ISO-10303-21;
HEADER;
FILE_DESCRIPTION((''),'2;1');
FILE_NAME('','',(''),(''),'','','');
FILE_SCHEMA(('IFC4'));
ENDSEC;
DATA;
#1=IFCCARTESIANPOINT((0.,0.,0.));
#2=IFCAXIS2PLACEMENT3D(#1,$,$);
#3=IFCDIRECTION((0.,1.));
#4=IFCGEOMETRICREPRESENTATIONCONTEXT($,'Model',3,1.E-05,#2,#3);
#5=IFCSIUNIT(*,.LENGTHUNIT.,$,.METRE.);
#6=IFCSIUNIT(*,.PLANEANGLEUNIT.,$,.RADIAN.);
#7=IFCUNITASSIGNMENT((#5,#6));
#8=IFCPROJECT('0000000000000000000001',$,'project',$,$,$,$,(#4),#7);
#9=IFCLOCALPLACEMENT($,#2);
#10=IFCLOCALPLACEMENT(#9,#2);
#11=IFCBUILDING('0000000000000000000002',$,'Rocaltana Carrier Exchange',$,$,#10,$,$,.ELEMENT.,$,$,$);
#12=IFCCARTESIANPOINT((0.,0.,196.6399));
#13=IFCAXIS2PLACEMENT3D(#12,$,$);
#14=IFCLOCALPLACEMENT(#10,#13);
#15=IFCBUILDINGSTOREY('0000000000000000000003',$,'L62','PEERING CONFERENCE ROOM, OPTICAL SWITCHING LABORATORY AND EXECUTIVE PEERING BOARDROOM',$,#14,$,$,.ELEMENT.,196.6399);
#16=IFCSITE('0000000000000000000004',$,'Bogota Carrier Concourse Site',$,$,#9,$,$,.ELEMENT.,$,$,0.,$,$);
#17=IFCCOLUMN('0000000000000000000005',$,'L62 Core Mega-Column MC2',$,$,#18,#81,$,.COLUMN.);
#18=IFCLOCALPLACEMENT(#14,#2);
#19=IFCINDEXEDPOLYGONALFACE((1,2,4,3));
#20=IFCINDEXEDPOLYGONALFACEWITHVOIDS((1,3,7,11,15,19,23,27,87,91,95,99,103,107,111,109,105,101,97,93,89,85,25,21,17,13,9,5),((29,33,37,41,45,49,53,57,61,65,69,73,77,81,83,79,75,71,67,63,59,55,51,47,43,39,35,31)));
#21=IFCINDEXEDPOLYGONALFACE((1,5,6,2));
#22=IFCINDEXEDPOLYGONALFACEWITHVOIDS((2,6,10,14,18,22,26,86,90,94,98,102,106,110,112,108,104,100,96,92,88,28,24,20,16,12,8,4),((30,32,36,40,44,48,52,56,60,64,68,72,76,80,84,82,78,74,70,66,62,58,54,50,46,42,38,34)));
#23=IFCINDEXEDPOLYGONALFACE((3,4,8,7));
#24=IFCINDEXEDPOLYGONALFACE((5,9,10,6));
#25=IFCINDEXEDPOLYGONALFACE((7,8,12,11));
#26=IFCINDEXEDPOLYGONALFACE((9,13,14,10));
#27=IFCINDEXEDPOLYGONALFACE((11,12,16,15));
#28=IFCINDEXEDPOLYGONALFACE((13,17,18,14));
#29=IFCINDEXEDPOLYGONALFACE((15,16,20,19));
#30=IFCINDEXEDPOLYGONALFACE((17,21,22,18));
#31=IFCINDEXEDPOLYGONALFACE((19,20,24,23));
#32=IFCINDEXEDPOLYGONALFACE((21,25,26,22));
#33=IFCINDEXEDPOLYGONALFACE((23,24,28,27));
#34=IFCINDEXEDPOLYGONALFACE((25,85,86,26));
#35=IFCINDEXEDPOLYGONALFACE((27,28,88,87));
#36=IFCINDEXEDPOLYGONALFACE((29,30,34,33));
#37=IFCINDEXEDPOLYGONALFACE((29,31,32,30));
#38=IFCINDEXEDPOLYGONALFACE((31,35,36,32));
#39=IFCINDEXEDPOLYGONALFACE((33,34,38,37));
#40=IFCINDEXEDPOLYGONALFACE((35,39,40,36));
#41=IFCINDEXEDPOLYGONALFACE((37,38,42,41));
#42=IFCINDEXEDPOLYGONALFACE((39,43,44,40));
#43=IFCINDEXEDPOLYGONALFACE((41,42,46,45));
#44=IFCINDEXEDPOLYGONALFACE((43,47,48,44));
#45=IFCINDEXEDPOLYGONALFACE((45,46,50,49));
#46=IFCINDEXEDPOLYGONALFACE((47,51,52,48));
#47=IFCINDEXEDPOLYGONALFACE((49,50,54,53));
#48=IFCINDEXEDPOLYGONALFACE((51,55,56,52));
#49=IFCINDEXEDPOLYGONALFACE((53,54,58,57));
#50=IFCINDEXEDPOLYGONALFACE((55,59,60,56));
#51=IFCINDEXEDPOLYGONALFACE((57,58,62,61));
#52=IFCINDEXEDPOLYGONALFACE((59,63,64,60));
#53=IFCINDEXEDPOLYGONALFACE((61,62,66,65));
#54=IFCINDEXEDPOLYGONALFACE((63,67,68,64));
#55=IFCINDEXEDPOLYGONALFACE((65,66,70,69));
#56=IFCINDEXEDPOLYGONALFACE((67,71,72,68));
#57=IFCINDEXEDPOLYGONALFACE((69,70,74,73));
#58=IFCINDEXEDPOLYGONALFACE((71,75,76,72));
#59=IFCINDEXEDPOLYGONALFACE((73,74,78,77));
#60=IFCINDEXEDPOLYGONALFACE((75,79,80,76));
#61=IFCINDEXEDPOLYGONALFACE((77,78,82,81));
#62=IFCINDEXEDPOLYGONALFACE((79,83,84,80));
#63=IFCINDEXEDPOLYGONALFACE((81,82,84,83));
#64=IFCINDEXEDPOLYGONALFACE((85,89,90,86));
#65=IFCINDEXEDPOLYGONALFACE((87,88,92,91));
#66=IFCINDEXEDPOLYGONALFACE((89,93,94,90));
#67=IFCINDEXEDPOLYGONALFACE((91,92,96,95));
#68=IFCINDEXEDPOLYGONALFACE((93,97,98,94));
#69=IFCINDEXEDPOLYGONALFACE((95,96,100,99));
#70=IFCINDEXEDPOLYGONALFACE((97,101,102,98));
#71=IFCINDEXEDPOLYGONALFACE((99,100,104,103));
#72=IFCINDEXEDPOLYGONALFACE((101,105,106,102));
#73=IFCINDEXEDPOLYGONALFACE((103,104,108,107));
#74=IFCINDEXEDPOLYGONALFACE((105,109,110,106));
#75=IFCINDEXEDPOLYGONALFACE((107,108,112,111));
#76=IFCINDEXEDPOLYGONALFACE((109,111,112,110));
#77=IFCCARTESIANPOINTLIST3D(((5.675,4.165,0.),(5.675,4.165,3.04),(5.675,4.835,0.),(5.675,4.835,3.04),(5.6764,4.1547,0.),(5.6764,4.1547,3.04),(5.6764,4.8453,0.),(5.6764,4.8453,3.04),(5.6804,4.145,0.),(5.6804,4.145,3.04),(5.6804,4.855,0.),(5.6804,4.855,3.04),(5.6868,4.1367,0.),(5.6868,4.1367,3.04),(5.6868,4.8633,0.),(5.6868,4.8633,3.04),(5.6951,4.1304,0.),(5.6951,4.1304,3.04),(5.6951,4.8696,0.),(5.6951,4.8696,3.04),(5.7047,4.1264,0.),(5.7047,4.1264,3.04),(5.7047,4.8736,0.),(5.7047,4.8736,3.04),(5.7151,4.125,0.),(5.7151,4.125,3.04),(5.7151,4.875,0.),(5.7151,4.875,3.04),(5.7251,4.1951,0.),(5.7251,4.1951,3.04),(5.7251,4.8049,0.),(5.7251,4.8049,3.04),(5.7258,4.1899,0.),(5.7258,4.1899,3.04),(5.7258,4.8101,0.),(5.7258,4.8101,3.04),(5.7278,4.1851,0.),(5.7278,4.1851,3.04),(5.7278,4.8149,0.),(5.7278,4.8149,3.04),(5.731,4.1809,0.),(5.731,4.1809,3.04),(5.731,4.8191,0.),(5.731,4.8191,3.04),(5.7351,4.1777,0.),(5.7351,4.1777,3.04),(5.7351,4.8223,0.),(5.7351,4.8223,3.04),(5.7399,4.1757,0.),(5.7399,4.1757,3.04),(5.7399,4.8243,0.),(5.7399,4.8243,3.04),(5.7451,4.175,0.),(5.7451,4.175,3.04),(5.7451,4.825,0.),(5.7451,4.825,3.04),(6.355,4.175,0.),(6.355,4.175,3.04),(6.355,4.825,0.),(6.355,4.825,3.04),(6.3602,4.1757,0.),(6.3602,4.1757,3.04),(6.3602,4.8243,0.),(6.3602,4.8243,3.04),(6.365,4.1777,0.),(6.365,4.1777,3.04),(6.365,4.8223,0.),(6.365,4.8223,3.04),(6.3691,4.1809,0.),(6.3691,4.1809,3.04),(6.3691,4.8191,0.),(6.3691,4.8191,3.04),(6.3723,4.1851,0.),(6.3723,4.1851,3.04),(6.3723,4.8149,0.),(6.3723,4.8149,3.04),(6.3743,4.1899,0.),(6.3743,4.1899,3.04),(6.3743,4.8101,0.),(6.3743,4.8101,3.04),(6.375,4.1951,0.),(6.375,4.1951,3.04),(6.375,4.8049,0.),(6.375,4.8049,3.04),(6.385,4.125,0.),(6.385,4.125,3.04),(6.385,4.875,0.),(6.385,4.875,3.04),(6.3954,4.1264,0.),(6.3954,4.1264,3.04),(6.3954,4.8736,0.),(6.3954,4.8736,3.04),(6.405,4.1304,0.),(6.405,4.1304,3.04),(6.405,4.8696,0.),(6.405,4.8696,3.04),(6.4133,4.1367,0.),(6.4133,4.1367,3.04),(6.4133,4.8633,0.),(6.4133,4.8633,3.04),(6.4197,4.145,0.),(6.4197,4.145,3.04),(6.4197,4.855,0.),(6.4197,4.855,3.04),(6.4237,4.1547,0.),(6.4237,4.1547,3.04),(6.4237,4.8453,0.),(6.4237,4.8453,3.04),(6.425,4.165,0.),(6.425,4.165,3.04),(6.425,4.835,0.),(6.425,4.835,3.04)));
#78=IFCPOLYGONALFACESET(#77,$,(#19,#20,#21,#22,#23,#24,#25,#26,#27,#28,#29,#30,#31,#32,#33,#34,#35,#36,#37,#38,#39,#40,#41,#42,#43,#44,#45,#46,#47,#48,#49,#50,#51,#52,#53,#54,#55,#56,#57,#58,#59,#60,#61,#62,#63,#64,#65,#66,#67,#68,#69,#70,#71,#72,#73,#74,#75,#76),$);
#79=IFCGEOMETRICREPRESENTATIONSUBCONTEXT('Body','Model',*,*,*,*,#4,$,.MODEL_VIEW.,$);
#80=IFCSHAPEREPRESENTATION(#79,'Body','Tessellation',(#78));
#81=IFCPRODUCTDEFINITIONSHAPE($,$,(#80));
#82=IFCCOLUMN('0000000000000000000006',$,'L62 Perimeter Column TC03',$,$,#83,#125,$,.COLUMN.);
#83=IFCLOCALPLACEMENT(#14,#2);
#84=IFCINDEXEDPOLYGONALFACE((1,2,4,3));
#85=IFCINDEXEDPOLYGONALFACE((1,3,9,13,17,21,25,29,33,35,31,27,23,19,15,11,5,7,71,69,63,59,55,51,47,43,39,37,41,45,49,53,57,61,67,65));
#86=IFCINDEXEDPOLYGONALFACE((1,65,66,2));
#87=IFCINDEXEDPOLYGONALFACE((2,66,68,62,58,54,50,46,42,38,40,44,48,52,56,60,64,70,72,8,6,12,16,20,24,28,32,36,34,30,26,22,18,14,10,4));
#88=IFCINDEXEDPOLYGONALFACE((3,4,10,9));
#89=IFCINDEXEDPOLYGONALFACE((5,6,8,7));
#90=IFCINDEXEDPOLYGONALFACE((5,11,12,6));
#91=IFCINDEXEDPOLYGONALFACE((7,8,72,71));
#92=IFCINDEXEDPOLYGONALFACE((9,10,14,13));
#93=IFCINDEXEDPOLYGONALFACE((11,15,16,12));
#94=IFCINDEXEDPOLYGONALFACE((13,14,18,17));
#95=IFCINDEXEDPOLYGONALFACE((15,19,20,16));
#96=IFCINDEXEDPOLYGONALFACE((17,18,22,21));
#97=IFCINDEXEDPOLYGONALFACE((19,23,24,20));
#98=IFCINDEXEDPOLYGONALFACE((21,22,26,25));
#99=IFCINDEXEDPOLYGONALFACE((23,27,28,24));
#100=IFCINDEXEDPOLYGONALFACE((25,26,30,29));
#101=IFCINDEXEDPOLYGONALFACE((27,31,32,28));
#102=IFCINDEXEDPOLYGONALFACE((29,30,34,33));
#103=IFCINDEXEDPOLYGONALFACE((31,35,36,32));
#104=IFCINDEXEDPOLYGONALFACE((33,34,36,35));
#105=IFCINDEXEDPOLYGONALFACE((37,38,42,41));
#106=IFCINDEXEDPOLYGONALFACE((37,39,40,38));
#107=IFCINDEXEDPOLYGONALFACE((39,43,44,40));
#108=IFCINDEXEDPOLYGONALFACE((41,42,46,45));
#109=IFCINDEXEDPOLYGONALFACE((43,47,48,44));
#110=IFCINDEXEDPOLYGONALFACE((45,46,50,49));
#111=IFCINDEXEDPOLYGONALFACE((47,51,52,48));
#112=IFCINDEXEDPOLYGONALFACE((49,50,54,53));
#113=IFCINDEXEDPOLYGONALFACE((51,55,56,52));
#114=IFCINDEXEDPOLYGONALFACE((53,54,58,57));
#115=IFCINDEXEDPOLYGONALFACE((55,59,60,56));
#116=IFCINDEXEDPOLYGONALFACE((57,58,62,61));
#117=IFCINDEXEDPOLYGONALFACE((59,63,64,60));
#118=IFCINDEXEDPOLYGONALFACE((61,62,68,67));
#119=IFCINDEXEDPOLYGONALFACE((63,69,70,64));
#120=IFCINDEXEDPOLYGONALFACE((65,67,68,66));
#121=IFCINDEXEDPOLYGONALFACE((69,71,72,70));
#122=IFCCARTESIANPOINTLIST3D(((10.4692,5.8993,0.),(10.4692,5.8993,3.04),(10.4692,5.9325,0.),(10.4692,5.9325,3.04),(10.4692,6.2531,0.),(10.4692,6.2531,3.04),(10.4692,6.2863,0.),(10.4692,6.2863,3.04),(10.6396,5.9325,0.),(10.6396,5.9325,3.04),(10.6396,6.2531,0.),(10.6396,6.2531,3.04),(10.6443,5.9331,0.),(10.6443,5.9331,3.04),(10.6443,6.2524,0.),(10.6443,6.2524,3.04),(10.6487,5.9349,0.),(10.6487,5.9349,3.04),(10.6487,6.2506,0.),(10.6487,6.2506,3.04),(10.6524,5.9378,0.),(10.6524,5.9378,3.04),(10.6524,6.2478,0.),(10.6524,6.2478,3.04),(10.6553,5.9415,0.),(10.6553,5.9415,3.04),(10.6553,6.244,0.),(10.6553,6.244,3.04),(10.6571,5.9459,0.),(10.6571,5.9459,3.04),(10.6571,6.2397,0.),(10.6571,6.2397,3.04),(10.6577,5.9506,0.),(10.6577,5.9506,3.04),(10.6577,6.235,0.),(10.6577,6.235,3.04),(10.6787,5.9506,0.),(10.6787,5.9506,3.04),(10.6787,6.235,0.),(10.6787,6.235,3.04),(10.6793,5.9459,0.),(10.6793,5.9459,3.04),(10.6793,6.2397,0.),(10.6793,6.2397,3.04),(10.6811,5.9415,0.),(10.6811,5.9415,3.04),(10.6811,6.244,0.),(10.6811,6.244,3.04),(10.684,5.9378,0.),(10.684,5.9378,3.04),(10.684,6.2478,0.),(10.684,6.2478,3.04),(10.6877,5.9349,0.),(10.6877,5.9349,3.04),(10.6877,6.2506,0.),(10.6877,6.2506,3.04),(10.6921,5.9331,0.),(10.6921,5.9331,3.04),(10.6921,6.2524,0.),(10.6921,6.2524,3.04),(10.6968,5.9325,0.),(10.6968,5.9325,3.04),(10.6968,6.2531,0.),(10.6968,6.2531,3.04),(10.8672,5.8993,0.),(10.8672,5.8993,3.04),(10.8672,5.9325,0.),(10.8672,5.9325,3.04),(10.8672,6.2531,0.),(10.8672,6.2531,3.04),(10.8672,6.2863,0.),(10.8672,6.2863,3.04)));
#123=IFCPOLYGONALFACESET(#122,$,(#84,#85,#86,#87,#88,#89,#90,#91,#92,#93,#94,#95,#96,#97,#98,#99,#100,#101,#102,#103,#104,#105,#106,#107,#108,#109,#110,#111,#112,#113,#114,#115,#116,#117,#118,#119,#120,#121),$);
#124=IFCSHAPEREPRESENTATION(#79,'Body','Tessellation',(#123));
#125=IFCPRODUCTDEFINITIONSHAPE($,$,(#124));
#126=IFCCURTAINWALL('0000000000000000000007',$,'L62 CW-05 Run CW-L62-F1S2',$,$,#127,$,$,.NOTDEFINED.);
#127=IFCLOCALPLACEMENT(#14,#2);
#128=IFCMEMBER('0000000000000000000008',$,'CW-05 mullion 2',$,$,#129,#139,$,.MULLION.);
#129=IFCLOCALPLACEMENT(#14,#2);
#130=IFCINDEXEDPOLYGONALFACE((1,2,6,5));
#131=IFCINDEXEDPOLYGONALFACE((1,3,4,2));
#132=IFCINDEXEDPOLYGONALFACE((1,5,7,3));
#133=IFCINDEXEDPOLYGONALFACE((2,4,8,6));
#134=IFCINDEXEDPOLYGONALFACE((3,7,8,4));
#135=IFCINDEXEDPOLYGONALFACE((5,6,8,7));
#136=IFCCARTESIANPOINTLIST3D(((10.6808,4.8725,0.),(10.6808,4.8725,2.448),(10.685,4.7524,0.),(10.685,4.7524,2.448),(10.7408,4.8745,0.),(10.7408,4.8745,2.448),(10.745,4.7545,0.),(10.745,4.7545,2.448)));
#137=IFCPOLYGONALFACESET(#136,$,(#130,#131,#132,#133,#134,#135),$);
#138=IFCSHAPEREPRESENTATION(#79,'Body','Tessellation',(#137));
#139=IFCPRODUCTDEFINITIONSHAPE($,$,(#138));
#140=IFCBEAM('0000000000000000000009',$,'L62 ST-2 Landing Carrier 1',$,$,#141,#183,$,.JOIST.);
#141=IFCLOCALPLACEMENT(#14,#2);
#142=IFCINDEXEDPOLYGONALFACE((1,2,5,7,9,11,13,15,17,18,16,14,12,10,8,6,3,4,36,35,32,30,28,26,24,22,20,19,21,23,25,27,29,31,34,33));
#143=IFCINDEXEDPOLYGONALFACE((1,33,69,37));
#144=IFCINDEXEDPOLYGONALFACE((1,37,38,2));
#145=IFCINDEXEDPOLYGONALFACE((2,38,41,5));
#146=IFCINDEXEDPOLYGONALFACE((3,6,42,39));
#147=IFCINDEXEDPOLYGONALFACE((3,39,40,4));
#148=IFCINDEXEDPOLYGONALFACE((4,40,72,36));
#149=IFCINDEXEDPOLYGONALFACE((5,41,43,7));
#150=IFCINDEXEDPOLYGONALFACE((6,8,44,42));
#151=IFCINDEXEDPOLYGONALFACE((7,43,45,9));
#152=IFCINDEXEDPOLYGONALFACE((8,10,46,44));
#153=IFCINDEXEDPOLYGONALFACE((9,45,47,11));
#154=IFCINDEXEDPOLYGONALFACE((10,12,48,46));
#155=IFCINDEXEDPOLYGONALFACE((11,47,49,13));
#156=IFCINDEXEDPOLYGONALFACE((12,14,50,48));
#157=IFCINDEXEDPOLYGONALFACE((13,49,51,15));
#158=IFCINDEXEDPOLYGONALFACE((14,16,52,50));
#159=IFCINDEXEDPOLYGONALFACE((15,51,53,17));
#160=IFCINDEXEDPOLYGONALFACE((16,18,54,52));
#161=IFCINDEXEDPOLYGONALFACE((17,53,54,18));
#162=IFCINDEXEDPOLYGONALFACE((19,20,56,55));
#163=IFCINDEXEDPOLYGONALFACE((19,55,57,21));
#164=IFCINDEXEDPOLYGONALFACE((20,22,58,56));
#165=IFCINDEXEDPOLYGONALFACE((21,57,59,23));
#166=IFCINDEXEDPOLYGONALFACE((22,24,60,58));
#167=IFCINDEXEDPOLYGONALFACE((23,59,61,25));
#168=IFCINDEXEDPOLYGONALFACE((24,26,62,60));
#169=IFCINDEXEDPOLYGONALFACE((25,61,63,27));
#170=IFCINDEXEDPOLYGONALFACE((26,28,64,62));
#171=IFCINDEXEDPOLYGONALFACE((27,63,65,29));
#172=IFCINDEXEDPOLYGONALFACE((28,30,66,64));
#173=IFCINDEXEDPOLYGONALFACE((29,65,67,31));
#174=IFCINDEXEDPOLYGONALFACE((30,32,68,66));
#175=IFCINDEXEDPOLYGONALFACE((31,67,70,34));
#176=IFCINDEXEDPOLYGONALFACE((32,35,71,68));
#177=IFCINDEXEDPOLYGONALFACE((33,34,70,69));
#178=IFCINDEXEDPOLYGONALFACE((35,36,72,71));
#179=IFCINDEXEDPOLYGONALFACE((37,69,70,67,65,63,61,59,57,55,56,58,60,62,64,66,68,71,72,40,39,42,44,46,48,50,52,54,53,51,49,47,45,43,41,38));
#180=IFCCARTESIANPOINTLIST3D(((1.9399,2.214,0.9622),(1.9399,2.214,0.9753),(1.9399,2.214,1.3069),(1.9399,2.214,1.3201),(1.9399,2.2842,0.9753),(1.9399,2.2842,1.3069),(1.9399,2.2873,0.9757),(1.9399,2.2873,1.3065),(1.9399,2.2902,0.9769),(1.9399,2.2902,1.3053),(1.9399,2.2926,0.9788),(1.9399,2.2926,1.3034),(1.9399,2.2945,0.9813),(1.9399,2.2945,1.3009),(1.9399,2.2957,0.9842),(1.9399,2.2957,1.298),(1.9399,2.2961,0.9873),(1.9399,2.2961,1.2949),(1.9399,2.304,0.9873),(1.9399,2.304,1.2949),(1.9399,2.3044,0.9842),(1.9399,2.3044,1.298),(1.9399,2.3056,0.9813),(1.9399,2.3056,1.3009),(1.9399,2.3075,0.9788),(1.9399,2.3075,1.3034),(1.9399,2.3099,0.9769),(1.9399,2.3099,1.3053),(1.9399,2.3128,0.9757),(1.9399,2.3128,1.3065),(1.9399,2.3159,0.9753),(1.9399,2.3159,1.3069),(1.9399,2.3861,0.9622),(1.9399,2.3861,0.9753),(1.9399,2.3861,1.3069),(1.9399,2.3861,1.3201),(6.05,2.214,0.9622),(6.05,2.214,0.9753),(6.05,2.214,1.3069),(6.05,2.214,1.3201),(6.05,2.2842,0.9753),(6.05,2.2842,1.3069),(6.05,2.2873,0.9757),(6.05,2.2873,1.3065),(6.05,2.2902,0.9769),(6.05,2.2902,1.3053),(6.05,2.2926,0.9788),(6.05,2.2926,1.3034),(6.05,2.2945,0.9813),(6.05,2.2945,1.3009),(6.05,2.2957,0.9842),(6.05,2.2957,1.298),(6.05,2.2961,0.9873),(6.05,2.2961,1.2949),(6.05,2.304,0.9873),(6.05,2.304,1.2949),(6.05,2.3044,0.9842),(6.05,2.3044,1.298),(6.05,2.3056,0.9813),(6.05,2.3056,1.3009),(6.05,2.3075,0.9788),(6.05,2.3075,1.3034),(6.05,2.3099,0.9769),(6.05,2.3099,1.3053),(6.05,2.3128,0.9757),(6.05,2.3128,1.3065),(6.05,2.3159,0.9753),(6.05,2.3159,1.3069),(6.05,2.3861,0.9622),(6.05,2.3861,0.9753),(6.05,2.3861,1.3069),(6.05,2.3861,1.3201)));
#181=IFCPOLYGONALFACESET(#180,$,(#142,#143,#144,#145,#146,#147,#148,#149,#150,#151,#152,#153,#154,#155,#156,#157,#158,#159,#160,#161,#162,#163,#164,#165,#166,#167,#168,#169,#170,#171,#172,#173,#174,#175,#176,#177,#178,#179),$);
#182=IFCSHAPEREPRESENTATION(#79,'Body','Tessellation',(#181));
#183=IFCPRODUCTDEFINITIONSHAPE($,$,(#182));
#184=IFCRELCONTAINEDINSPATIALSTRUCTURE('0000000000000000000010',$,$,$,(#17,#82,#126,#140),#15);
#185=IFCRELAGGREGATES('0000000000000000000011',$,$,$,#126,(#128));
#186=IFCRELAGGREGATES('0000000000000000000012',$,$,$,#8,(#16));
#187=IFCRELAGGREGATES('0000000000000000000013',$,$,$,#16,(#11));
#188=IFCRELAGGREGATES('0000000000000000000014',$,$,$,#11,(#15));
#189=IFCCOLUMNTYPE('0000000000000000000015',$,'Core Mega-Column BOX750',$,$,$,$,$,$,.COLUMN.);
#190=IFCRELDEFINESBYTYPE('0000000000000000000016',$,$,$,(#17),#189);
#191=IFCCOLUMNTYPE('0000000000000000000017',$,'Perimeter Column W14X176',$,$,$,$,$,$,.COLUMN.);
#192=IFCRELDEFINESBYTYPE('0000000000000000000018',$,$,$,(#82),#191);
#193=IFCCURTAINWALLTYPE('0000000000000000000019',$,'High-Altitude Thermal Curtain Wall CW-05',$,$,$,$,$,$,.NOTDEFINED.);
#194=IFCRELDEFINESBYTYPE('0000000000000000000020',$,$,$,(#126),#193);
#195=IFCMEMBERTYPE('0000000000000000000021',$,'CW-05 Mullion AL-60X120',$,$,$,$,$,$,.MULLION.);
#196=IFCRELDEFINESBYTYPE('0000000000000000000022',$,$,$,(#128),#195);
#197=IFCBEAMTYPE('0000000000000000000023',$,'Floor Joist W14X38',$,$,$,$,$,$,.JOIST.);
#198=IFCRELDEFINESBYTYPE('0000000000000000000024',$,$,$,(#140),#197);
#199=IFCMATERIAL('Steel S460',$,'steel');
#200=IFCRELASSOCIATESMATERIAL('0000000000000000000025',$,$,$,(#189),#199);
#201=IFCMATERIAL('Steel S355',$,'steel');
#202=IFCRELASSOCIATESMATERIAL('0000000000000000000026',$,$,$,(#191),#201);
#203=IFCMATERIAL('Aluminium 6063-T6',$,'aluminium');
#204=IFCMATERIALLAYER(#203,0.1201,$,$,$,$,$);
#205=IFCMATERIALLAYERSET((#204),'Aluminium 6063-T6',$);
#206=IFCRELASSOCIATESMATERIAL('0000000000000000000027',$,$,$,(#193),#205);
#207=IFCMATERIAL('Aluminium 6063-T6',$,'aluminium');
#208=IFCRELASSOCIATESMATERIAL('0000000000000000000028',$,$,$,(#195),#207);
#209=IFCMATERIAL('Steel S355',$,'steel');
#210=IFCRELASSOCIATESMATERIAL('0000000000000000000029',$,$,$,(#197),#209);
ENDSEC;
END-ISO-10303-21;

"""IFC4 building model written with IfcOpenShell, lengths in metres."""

from ifc_helpers import new_model, si_unit, direction, frame, origin, origin_2d, place, context, subcontext, project, spatial, rectangle, hollow_rectangle, i_section, extrude, material, layer, layer_set, material_profile, profile_set, type_object, element, aggregate, save


model = new_model("IFC4")

# Units and contexts
model_context = context("Model", 3, precision=1e-05, world=origin(), true_north=direction((0.0, 1.0)))
body_context = subcontext(model_context, "Body", "Model", "MODEL_VIEW")
ifc_project = project(units=[si_unit("LENGTHUNIT", "METRE"), si_unit("PLANEANGLEUNIT", "RADIAN")], contexts=[model_context])

# Site, building, storey
site_placement = place(None, origin())
site = spatial("IfcSite", under=ifc_project, at=site_placement, Name="Bogota Carrier Concourse Site", CompositionType="ELEMENT", RefElevation=0.0)
building_placement = place(site_placement, origin())
building = spatial("IfcBuilding", under=site, at=building_placement, Name="Rocaltana Carrier Exchange", CompositionType="ELEMENT")
storey_placement = place(building_placement, frame((0.0, 0.0, 196.6399)))
storey = spatial("IfcBuildingStorey", under=building, at=storey_placement, Name="L62", Description="PEERING CONFERENCE ROOM, OPTICAL SWITCHING LABORATORY AND EXECUTIVE PEERING BOARDROOM", CompositionType="ELEMENT", Elevation=196.6399)

# Columns
ifc_material_1 = material(Name="Steel S460", Category="steel")
ifc_material_profile_1 = material_profile(ifc_material_1, hollow_rectangle(XDim=0.75, YDim=0.75, WallThickness=0.05, InnerFilletRadius=0.02, OuterFilletRadius=0.04, at=origin_2d()), Name="BOX750X750X50")
ifc_profile_set_1 = profile_set([ifc_material_profile_1], Name="Steel S460")
column_type_1 = type_object("IfcColumnType", Name="Core Mega-Column BOX750", PredefinedType="COLUMN", material=ifc_profile_set_1)
column_1_placement = place(storey_placement, frame((6.05, 4.5, 0.0), z_axis=(0.0, 0.0, 1.0), x_axis=(1.0, 0.0, 0.0)))
element("IfcColumn", 1, at=column_1_placement, inside=storey, type_object=column_type_1, Name="L62 Core Mega-Column MC2", PredefinedType="COLUMN", context=body_context, shape_type="SweptSolid", body=[
    extrude(hollow_rectangle(XDim=0.75, YDim=0.75, WallThickness=0.05, InnerFilletRadius=0.02, OuterFilletRadius=0.04, at=origin_2d()), origin(), (0.0, 0.0, 1.0), 3.04),
])
ifc_material_2 = material(Name="Steel S355", Category="steel")
ifc_material_profile_2 = material_profile(ifc_material_2, i_section(OverallWidth=0.3979, OverallDepth=0.387, WebThickness=0.021, FlangeThickness=0.0332, FilletRadius=0.0181, at=origin_2d()), Name="W14X176")
ifc_profile_set_2 = profile_set([ifc_material_profile_2], Name="Steel S355")
column_type_2 = type_object("IfcColumnType", Name="Perimeter Column W14X176", PredefinedType="COLUMN", material=ifc_profile_set_2)
column_2_placement = place(storey_placement, frame((10.6682, 6.0928, 0.0), z_axis=(0.0, 0.0, 1.0), x_axis=(1.0, 0.0, 0.0)))
element("IfcColumn", 2, at=column_2_placement, inside=storey, type_object=column_type_2, Name="L62 Perimeter Column TC03", PredefinedType="COLUMN", context=body_context, shape_type="SweptSolid", body=[
    extrude(i_section(OverallWidth=0.3979, OverallDepth=0.387, WebThickness=0.021, FlangeThickness=0.0332, FilletRadius=0.0181, at=origin_2d()), origin(), (0.0, 0.0, 1.0), 3.04),
])

# Curtain wall, member
ifc_material_3 = material(Name="Aluminium 6063-T6", Category="aluminium")
ifc_layer_1 = layer(ifc_material_3, 0.1201)
ifc_layer_set_1 = layer_set([ifc_layer_1], Name="Aluminium 6063-T6")
curtain_wall_type = type_object("IfcCurtainWallType", Name="High-Altitude Thermal Curtain Wall CW-05", PredefinedType="NOTDEFINED", material=ifc_layer_set_1)
curtain_wall_placement = place(storey_placement, origin())
curtain_wall = element("IfcCurtainWall", 3, at=curtain_wall_placement, inside=storey, type_object=curtain_wall_type, Name="L62 CW-05 Run CW-L62-F1S2", PredefinedType="NOTDEFINED")
ifc_material_4 = material(Name="Aluminium 6063-T6", Category="aluminium")
ifc_material_profile_3 = material_profile(ifc_material_4, rectangle(XDim=0.0601, YDim=0.1201, at=origin_2d()), Name="AL-60X120")
ifc_profile_set_3 = profile_set([ifc_material_profile_3], Name="Aluminium 6063-T6")
member_type = type_object("IfcMemberType", Name="CW-05 Mullion AL-60X120", PredefinedType="MULLION", material=ifc_profile_set_3)
member_placement = place(storey_placement, frame((10.7129, 4.8135, 0.0), z_axis=(0.0, 0.0, 1.0), x_axis=(-0.999391, -0.034903, 0.0)))
member = element("IfcMember", 4, at=member_placement, type_object=member_type, Name="CW-05 mullion 2", PredefinedType="MULLION", context=body_context, shape_type="SweptSolid", body=[
    extrude(rectangle(XDim=0.0601, YDim=0.1201, at=origin_2d()), origin(), (0.0, 0.0, 1.0), 2.448),
])

# Beam
ifc_material_5 = material(Name="Steel S355", Category="steel")
ifc_material_profile_4 = material_profile(ifc_material_5, i_section(OverallWidth=0.1721, OverallDepth=0.3579, WebThickness=0.0078, FlangeThickness=0.0132, FilletRadius=0.012, at=origin_2d()), Name="W14X38")
ifc_profile_set_4 = profile_set([ifc_material_profile_4], Name="Steel S355")
beam_type_1 = type_object("IfcBeamType", Name="Floor Joist W14X38", PredefinedType="JOIST", material=ifc_profile_set_4)
for number, where, z_axis, x_axis, name in (
    (5, (1.9399, 2.3, 1.1411), (1.0, 0.0, 0.0), (0.0, 1.0, 0.0), "L62 ST-2 Landing Carrier 1"),
):
    element("IfcBeam", number, at=place(storey_placement, frame(where, z_axis=z_axis, x_axis=x_axis)), inside=storey, type_object=beam_type_1, Name=name, PredefinedType="JOIST", context=body_context, shape_type="SweptSolid", body=[
        extrude(i_section(OverallWidth=0.1721, OverallDepth=0.3579, WebThickness=0.0078, FlangeThickness=0.0132, FilletRadius=0.012, at=origin_2d()), origin(), (0.0, 0.0, 1.0), 4.1101),
    ])

aggregate(curtain_wall, [member])

save(model, "model.ifc")
